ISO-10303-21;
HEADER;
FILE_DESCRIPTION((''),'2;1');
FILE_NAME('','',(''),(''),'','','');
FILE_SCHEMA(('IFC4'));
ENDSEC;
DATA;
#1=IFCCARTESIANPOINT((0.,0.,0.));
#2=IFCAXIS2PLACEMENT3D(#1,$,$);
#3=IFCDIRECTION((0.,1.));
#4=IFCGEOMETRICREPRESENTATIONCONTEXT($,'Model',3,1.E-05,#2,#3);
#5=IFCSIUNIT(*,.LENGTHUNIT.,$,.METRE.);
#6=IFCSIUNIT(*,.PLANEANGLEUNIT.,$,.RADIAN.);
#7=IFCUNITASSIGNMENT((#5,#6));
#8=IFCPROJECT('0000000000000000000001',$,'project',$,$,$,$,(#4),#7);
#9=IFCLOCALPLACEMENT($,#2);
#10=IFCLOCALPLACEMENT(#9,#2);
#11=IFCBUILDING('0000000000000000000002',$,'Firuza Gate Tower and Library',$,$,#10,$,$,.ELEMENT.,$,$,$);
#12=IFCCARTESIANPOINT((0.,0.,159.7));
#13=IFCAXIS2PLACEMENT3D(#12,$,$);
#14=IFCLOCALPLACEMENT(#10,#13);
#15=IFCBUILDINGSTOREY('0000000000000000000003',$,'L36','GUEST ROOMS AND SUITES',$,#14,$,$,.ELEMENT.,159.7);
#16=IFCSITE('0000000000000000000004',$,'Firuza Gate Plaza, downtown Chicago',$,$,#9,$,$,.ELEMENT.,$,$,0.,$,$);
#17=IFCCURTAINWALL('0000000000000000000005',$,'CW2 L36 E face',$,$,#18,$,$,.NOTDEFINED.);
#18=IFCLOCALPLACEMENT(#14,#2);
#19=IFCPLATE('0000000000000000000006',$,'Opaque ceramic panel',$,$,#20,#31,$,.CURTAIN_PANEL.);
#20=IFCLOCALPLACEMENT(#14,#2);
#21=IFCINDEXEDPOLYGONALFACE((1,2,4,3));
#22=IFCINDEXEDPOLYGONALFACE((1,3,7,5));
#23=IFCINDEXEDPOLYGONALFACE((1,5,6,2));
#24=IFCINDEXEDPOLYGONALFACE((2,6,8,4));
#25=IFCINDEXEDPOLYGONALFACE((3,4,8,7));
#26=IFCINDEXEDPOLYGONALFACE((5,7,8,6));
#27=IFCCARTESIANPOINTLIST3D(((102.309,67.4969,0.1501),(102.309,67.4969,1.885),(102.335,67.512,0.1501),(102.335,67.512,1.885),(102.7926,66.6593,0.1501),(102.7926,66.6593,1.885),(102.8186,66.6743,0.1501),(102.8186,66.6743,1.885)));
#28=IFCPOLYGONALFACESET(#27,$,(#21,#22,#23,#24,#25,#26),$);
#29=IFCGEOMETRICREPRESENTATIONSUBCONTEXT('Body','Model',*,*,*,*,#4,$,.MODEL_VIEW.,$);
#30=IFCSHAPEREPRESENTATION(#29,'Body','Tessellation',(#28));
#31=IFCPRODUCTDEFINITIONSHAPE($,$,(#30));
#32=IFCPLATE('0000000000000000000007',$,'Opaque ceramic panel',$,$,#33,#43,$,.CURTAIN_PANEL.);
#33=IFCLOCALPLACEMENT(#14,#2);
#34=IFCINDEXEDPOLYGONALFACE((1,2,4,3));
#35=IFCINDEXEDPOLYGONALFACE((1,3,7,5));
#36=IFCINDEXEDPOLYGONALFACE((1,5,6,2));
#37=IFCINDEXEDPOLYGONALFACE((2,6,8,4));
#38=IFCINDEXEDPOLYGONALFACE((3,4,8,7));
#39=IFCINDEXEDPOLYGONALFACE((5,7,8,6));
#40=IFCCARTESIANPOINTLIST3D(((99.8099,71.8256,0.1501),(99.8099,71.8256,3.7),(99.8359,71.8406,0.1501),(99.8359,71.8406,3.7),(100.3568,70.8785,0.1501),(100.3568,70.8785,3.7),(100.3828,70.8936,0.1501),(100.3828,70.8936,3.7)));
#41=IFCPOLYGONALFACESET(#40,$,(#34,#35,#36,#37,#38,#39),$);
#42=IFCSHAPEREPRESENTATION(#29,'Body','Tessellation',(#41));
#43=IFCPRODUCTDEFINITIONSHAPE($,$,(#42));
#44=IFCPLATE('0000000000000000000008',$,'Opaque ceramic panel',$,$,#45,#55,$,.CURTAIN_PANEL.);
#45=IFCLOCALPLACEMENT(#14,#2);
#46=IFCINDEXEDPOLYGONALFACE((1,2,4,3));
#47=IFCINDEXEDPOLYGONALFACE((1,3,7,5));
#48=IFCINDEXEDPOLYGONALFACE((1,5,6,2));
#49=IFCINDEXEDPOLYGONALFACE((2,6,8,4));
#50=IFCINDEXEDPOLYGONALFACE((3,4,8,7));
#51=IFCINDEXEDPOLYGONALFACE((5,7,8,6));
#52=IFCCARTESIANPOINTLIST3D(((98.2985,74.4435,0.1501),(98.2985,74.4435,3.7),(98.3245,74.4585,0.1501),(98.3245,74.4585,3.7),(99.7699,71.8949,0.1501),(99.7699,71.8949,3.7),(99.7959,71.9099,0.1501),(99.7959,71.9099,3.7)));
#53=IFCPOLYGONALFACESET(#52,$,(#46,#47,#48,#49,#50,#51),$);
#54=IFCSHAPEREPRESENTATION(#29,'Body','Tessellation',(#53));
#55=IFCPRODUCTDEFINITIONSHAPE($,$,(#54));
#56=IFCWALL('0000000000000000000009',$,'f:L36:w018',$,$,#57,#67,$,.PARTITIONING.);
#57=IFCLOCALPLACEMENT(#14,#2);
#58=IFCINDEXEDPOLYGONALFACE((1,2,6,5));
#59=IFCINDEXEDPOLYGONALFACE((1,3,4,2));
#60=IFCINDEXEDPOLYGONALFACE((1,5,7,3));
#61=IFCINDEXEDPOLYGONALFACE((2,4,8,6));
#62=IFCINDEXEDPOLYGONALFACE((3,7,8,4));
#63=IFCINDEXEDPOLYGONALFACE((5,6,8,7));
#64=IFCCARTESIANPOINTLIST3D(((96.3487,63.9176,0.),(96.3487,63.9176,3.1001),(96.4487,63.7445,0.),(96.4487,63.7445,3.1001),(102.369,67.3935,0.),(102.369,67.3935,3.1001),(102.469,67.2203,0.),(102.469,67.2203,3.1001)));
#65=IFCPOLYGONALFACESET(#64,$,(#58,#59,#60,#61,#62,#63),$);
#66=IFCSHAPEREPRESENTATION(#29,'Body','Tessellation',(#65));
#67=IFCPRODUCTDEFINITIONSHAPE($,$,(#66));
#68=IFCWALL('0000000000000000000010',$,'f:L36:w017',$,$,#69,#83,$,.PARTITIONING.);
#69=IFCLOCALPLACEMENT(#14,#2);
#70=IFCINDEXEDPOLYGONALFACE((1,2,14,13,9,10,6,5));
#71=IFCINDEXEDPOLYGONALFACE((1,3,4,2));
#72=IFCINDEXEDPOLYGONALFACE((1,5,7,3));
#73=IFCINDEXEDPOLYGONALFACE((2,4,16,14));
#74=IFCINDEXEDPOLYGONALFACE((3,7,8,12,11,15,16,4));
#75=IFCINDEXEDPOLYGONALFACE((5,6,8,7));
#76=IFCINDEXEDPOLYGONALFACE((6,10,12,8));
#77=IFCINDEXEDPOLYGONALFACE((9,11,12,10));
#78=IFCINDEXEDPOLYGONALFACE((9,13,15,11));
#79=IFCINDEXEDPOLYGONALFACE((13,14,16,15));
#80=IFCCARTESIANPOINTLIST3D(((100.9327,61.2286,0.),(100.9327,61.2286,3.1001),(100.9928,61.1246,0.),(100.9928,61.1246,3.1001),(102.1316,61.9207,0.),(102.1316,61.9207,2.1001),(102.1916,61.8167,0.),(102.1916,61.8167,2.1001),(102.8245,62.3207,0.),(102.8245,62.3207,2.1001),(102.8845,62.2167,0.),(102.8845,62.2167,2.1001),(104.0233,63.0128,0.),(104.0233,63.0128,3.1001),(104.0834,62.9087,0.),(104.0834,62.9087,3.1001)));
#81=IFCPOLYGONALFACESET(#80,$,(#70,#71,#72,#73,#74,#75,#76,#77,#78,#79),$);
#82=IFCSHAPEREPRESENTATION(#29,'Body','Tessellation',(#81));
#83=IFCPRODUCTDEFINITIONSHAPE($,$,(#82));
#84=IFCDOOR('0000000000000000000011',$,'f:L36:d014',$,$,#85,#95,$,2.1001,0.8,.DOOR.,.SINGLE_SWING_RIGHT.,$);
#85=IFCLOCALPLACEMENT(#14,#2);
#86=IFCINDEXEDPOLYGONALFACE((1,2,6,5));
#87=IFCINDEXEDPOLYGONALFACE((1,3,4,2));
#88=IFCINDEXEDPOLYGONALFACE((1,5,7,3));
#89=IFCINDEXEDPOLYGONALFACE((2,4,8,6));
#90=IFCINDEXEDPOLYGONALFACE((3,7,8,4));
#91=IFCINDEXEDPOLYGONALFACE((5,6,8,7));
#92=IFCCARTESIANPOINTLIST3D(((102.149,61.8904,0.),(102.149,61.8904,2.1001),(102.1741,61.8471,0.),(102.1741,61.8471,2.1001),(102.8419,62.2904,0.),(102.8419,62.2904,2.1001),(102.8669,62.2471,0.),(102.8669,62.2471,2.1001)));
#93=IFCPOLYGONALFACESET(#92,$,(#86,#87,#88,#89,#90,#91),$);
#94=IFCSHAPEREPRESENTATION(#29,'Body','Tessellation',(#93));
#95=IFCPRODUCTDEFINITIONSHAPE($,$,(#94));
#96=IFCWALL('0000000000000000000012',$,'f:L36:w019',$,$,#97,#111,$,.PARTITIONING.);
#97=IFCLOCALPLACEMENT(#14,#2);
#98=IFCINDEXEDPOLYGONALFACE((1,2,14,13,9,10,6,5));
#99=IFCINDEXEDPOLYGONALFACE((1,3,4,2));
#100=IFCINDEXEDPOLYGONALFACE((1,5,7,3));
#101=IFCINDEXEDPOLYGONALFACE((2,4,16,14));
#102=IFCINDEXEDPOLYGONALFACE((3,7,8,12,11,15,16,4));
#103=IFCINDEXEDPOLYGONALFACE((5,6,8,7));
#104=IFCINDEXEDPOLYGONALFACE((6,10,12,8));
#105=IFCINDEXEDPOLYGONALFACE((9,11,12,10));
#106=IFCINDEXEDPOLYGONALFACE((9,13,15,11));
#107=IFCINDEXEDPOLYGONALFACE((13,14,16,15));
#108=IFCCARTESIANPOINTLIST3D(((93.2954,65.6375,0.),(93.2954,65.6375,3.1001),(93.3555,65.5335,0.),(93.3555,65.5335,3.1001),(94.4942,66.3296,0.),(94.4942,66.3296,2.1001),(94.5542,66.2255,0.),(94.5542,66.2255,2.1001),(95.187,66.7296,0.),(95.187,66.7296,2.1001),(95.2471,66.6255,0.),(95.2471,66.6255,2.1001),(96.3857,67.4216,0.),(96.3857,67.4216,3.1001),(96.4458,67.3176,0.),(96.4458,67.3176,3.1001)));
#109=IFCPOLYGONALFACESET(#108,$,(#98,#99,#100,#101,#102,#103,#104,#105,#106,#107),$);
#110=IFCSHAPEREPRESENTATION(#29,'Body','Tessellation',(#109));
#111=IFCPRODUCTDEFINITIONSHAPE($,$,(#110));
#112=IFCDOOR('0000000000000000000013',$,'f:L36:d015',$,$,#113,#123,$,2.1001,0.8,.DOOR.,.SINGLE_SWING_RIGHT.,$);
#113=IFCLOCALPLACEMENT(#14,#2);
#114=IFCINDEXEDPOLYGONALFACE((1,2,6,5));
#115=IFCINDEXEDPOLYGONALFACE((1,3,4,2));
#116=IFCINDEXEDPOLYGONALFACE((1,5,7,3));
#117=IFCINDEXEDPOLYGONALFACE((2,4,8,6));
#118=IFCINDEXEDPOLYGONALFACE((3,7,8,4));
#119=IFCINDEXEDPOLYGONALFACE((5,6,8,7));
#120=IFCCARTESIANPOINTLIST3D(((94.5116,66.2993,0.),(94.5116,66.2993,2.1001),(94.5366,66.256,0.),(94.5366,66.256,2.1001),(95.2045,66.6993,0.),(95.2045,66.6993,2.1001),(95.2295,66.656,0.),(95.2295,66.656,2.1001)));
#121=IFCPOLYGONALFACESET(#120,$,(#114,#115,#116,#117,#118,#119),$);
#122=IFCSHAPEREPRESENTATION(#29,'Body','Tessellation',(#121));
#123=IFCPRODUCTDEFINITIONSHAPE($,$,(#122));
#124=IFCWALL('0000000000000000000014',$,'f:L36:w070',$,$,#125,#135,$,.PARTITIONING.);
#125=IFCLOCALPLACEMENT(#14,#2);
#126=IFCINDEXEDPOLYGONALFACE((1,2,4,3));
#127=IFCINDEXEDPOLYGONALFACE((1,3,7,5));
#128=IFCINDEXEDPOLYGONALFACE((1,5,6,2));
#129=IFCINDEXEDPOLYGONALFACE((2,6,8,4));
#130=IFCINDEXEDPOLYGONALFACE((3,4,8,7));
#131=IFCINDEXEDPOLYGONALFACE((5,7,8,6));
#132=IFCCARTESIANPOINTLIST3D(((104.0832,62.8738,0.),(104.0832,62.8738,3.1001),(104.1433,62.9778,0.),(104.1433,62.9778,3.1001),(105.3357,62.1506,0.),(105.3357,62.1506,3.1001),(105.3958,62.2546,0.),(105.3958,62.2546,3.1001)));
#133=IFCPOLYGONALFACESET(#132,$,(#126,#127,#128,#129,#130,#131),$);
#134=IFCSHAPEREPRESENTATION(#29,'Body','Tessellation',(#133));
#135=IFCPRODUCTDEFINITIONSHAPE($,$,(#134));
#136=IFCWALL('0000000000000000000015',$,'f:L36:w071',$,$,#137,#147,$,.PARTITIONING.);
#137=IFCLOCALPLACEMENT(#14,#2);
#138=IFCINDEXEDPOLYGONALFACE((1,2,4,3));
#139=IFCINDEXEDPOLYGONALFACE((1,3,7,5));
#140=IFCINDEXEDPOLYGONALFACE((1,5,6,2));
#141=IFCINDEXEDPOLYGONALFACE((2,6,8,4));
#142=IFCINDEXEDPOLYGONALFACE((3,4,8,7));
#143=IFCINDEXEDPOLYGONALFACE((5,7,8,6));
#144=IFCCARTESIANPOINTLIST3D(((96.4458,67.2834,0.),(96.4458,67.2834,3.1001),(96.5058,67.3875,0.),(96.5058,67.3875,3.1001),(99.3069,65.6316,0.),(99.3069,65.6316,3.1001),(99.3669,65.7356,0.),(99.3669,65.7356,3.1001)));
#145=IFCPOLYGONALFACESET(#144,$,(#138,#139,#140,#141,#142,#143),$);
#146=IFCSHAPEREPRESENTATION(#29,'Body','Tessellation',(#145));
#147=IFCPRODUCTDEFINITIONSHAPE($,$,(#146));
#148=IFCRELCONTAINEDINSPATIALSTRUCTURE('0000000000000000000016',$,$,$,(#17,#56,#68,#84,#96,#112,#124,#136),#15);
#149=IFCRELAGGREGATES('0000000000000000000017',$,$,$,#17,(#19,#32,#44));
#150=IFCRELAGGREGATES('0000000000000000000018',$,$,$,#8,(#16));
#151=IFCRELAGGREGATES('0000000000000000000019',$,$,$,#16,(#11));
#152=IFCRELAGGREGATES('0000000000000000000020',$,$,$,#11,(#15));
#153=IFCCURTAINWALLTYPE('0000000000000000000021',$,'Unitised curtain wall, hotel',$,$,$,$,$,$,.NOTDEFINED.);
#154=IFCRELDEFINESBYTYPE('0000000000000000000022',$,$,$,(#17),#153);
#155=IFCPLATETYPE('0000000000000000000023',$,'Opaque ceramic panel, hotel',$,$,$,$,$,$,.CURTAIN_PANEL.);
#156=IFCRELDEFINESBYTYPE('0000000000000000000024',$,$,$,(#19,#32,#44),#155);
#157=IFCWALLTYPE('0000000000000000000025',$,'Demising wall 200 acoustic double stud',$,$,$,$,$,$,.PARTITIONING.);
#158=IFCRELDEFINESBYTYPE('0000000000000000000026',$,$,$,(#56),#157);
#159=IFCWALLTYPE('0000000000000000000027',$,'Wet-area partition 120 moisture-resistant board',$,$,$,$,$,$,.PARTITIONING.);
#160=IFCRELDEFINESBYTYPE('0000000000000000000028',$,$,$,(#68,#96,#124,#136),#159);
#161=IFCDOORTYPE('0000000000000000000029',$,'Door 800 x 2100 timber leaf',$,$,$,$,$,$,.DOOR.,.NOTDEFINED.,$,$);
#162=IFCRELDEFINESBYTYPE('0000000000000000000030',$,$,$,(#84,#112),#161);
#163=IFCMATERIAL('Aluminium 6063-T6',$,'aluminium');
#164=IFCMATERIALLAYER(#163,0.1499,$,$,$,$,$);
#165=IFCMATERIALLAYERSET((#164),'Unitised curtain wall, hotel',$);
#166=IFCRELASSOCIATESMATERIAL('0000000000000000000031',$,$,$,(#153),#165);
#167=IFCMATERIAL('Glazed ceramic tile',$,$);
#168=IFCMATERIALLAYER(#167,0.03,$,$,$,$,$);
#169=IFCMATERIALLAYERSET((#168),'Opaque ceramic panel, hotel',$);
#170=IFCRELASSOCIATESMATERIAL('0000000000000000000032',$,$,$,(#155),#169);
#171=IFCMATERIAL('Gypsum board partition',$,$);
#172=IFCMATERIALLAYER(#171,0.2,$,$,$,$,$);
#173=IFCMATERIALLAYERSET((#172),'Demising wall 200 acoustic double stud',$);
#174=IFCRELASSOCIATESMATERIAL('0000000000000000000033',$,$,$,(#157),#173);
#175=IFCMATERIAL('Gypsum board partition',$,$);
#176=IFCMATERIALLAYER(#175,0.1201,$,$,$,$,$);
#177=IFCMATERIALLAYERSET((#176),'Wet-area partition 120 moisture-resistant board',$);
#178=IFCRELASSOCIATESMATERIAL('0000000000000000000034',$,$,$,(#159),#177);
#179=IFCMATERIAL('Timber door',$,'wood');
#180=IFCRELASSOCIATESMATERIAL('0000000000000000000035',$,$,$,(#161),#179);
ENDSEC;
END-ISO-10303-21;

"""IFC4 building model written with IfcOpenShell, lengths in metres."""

from ifc_helpers import new_model, si_unit, direction, frame, frame_2d, origin, place, context, subcontext, project, spatial, polyline, rectangle, outline, extrude, material, layer, layer_set, type_object, element, fill, aggregate, save


model = new_model("IFC4")

# Units and contexts
model_context = context("Model", 3, precision=1e-05, world=origin(), true_north=direction((0.0, 1.0)))
body_context = subcontext(model_context, "Body", "Model", "MODEL_VIEW")
ifc_project = project(units=[si_unit("LENGTHUNIT", "METRE"), si_unit("PLANEANGLEUNIT", "RADIAN")], contexts=[model_context])

# Site, building, storey
site_placement = place(None, origin())
site = spatial("IfcSite", under=ifc_project, at=site_placement, Name="Firuza Gate Plaza, downtown Chicago", CompositionType="ELEMENT", RefElevation=0.0)
building_placement = place(site_placement, origin())
building = spatial("IfcBuilding", under=site, at=building_placement, Name="Firuza Gate Tower and Library", CompositionType="ELEMENT")
storey_placement = place(building_placement, frame((0.0, 0.0, 159.7)))
storey = spatial("IfcBuildingStorey", under=building, at=storey_placement, Name="L36", Description="GUEST ROOMS AND SUITES", CompositionType="ELEMENT", Elevation=159.7)

# Curtain wall
ifc_material_1 = material(Name="Aluminium 6063-T6", Category="aluminium")
ifc_layer_1 = layer(ifc_material_1, 0.1499)
ifc_layer_set_1 = layer_set([ifc_layer_1], Name="Unitised curtain wall, hotel")
curtain_wall_type = type_object("IfcCurtainWallType", Name="Unitised curtain wall, hotel", PredefinedType="NOTDEFINED", material=ifc_layer_set_1)
curtain_wall_placement = place(storey_placement, origin())
curtain_wall = element("IfcCurtainWall", 1, at=curtain_wall_placement, inside=storey, type_object=curtain_wall_type, Name="CW2 L36 E face", PredefinedType="NOTDEFINED")

# Plates
ifc_material_2 = material(Name="Glazed ceramic tile")
ifc_layer_2 = layer(ifc_material_2, 0.03)
ifc_layer_set_2 = layer_set([ifc_layer_2], Name="Opaque ceramic panel, hotel")
plate_type_1 = type_object("IfcPlateType", Name="Opaque ceramic panel, hotel", PredefinedType="CURTAIN_PANEL", material=ifc_layer_set_2)
plate_1_placement = place(storey_placement, frame((102.8186, 66.6743, 0.1501), z_axis=(0.866013, 0.500021, 0.0), x_axis=(-0.500021, 0.866013, 0.0)))
plate_1 = element("IfcPlate", 2, at=plate_1_placement, type_object=plate_type_1, Name="Opaque ceramic panel", PredefinedType="CURTAIN_PANEL", context=body_context, shape_type="SweptSolid", body=[
    extrude(outline(polyline([(0.0, 0.0), (0.9672, 0.0), (0.9672, 1.7349), (0.0, 1.7349), (0.0, 0.0)])), origin(), (0.0, 0.0, -1.0), 0.03),
])
plate_2_placement = place(storey_placement, frame((100.3828, 70.8936, 0.1501), z_axis=(0.865981, 0.500077, 0.0), x_axis=(-0.500077, 0.865981, 0.0)))
plate_2 = element("IfcPlate", 3, at=plate_2_placement, type_object=plate_type_1, Name="Opaque ceramic panel", PredefinedType="CURTAIN_PANEL", context=body_context, shape_type="SweptSolid", body=[
    extrude(outline(polyline([(0.0, 0.0), (1.0936, 0.0), (1.0936, 3.5498), (0.0, 3.5498), (0.0, 0.0)])), origin(), (0.0, 0.0, -1.0), 0.03),
])
plate_3_placement = place(storey_placement, frame((99.7959, 71.9099, 0.1501), z_axis=(0.866024, 0.500003, 0.0), x_axis=(-0.500003, 0.866024, 0.0)))
plate_3 = element("IfcPlate", 4, at=plate_3_placement, type_object=plate_type_1, Name="Opaque ceramic panel", PredefinedType="CURTAIN_PANEL", context=body_context, shape_type="SweptSolid", body=[
    extrude(outline(polyline([(0.0, 0.0), (2.9429, 0.0), (2.9429, 3.5498), (0.0, 3.5498), (0.0, 0.0)])), origin(), (0.0, 0.0, -1.0), 0.03),
])
aggregate(curtain_wall, [plate_1, plate_2, plate_3])

# Wall
ifc_material_3 = material(Name="Gypsum board partition")
ifc_layer_3 = layer(ifc_material_3, 0.2)
ifc_layer_set_3 = layer_set([ifc_layer_3], Name="Demising wall 200 acoustic double stud")
wall_type_1 = type_object("IfcWallType", Name="Demising wall 200 acoustic double stud", PredefinedType="PARTITIONING", material=ifc_layer_set_3)
wall_1_placement = place(storey_placement, frame((96.3987, 63.8311, 0.0), z_axis=(0.0, 0.0, 1.0), x_axis=(0.866024, 0.500003, 0.0)))
element("IfcWall", 5, at=wall_1_placement, inside=storey, type_object=wall_type_1, Name="f:L36:w018", PredefinedType="PARTITIONING", context=body_context, shape_type="SweptSolid", body=[
    extrude(rectangle(XDim=6.9517, YDim=0.2, at=frame_2d((3.4758, 0.0))), origin(), (0.0, 0.0, 1.0), 3.1001),
])

# Walls, openings, doors
ifc_material_4 = material(Name="Gypsum board partition")
ifc_layer_4 = layer(ifc_material_4, 0.1201)
ifc_layer_set_4 = layer_set([ifc_layer_4], Name="Wet-area partition 120 moisture-resistant board")
wall_type_2 = type_object("IfcWallType", Name="Wet-area partition 120 moisture-resistant board", PredefinedType="PARTITIONING", material=ifc_layer_set_4)
wall_2_placement = place(storey_placement, frame((104.0532, 62.9607, 0.0), z_axis=(0.0, 0.0, 1.0), x_axis=(-0.866045, -0.499965, 0.0)))
wall_2 = element("IfcWall", 6, at=wall_2_placement, inside=storey, type_object=wall_type_2, Name="f:L36:w017", PredefinedType="PARTITIONING", context=body_context, shape_type="SweptSolid", body=[
    extrude(rectangle(XDim=3.5686, YDim=0.1201, at=frame_2d((1.7842, 0.0))), origin(), (0.0, 0.0, 1.0), 3.1001),
])
opening_1_placement = place(wall_2_placement, frame((1.3843, 0.0, 0.0)))
opening_1 = element("IfcOpeningElement", 7, at=opening_1_placement, cuts=wall_2, PredefinedType="OPENING", context=body_context, shape_type="SweptSolid", body=[
    extrude(rectangle(XDim=0.8, YDim=2.1001, at=frame_2d((0.3999, 1.05))), frame((0.0, 0.0701, 0.0), z_axis=(0.0, -1.0, 0.0), x_axis=(1.0, 0.0, 0.0)), (0.0, 0.0, 1.0), 0.1401),
])
ifc_material_5 = material(Name="Timber door", Category="wood")
door_type = type_object("IfcDoorType", Name="Door 800 x 2100 timber leaf", OperationType="NOTDEFINED", PredefinedType="DOOR", material=ifc_material_5)
door_1_placement = place(opening_1_placement, origin())
door_1 = element("IfcDoor", 8, at=door_1_placement, inside=storey, type_object=door_type, Name="f:L36:d014", OperationType="SINGLE_SWING_RIGHT", OverallHeight=2.1001, OverallWidth=0.8, PredefinedType="DOOR", context=body_context, shape_type="SweptSolid", body=[
    extrude(rectangle(XDim=0.8, YDim=2.1001, at=frame_2d((0.3999, 1.05))), frame((0.0, 0.0249, 0.0), z_axis=(0.0, -1.0, 0.0), x_axis=(1.0, 0.0, 0.0)), (0.0, 0.0, 1.0), 0.05),
])
fill(opening_1, door_1)
wall_3_placement = place(storey_placement, frame((96.4158, 67.3696, 0.0), z_axis=(0.0, 0.0, 1.0), x_axis=(-0.866028, -0.499995, 0.0)))
wall_3 = element("IfcWall", 9, at=wall_3_placement, inside=storey, type_object=wall_type_2, Name="f:L36:w019", PredefinedType="PARTITIONING", context=body_context, shape_type="SweptSolid", body=[
    extrude(rectangle(XDim=3.5684, YDim=0.1201, at=frame_2d((1.7842, 0.0))), origin(), (0.0, 0.0, 1.0), 3.1001),
])
opening_2_placement = place(wall_3_placement, frame((1.3843, 0.0, 0.0)))
opening_2 = element("IfcOpeningElement", 10, at=opening_2_placement, cuts=wall_3, PredefinedType="OPENING", context=body_context, shape_type="SweptSolid", body=[
    extrude(rectangle(XDim=0.8, YDim=2.1001, at=frame_2d((0.3999, 1.05))), frame((0.0, 0.0701, 0.0), z_axis=(0.0, -1.0, 0.0), x_axis=(1.0, 0.0, 0.0)), (0.0, 0.0, 1.0), 0.1401),
])
door_2_placement = place(opening_2_placement, origin())
door_2 = element("IfcDoor", 11, at=door_2_placement, inside=storey, type_object=door_type, Name="f:L36:d015", OperationType="SINGLE_SWING_RIGHT", OverallHeight=2.1001, OverallWidth=0.8, PredefinedType="DOOR", context=body_context, shape_type="SweptSolid", body=[
    extrude(rectangle(XDim=0.8, YDim=2.1001, at=frame_2d((0.3999, 1.05))), frame((0.0, 0.0249, 0.0), z_axis=(0.0, -1.0, 0.0), x_axis=(1.0, 0.0, 0.0)), (0.0, 0.0, 1.0), 0.05),
])
fill(opening_2, door_2)

# Walls
wall_4_placement = place(storey_placement, frame((105.3657, 62.2026, 0.0), z_axis=(0.0, 0.0, 1.0), x_axis=(-0.866011, 0.500024, 0.0)))
element("IfcWall", 12, at=wall_4_placement, inside=storey, type_object=wall_type_2, Name="f:L36:w070", PredefinedType="PARTITIONING", context=body_context, shape_type="SweptSolid", body=[
    extrude(rectangle(XDim=1.4463, YDim=0.1201, at=frame_2d((0.7231, 0.0))), origin(), (0.0, 0.0, 1.0), 3.1001),
])
wall_5_placement = place(storey_placement, frame((99.3369, 65.6836, 0.0), z_axis=(0.0, 0.0, 1.0), x_axis=(-0.866024, 0.500002, 0.0)))
element("IfcWall", 13, at=wall_5_placement, inside=storey, type_object=wall_type_2, Name="f:L36:w071", PredefinedType="PARTITIONING", context=body_context, shape_type="SweptSolid", body=[
    extrude(rectangle(XDim=3.3037, YDim=0.1201, at=frame_2d((1.6519, 0.0))), origin(), (0.0, 0.0, 1.0), 3.1001),
])

save(model, "model.ifc")
